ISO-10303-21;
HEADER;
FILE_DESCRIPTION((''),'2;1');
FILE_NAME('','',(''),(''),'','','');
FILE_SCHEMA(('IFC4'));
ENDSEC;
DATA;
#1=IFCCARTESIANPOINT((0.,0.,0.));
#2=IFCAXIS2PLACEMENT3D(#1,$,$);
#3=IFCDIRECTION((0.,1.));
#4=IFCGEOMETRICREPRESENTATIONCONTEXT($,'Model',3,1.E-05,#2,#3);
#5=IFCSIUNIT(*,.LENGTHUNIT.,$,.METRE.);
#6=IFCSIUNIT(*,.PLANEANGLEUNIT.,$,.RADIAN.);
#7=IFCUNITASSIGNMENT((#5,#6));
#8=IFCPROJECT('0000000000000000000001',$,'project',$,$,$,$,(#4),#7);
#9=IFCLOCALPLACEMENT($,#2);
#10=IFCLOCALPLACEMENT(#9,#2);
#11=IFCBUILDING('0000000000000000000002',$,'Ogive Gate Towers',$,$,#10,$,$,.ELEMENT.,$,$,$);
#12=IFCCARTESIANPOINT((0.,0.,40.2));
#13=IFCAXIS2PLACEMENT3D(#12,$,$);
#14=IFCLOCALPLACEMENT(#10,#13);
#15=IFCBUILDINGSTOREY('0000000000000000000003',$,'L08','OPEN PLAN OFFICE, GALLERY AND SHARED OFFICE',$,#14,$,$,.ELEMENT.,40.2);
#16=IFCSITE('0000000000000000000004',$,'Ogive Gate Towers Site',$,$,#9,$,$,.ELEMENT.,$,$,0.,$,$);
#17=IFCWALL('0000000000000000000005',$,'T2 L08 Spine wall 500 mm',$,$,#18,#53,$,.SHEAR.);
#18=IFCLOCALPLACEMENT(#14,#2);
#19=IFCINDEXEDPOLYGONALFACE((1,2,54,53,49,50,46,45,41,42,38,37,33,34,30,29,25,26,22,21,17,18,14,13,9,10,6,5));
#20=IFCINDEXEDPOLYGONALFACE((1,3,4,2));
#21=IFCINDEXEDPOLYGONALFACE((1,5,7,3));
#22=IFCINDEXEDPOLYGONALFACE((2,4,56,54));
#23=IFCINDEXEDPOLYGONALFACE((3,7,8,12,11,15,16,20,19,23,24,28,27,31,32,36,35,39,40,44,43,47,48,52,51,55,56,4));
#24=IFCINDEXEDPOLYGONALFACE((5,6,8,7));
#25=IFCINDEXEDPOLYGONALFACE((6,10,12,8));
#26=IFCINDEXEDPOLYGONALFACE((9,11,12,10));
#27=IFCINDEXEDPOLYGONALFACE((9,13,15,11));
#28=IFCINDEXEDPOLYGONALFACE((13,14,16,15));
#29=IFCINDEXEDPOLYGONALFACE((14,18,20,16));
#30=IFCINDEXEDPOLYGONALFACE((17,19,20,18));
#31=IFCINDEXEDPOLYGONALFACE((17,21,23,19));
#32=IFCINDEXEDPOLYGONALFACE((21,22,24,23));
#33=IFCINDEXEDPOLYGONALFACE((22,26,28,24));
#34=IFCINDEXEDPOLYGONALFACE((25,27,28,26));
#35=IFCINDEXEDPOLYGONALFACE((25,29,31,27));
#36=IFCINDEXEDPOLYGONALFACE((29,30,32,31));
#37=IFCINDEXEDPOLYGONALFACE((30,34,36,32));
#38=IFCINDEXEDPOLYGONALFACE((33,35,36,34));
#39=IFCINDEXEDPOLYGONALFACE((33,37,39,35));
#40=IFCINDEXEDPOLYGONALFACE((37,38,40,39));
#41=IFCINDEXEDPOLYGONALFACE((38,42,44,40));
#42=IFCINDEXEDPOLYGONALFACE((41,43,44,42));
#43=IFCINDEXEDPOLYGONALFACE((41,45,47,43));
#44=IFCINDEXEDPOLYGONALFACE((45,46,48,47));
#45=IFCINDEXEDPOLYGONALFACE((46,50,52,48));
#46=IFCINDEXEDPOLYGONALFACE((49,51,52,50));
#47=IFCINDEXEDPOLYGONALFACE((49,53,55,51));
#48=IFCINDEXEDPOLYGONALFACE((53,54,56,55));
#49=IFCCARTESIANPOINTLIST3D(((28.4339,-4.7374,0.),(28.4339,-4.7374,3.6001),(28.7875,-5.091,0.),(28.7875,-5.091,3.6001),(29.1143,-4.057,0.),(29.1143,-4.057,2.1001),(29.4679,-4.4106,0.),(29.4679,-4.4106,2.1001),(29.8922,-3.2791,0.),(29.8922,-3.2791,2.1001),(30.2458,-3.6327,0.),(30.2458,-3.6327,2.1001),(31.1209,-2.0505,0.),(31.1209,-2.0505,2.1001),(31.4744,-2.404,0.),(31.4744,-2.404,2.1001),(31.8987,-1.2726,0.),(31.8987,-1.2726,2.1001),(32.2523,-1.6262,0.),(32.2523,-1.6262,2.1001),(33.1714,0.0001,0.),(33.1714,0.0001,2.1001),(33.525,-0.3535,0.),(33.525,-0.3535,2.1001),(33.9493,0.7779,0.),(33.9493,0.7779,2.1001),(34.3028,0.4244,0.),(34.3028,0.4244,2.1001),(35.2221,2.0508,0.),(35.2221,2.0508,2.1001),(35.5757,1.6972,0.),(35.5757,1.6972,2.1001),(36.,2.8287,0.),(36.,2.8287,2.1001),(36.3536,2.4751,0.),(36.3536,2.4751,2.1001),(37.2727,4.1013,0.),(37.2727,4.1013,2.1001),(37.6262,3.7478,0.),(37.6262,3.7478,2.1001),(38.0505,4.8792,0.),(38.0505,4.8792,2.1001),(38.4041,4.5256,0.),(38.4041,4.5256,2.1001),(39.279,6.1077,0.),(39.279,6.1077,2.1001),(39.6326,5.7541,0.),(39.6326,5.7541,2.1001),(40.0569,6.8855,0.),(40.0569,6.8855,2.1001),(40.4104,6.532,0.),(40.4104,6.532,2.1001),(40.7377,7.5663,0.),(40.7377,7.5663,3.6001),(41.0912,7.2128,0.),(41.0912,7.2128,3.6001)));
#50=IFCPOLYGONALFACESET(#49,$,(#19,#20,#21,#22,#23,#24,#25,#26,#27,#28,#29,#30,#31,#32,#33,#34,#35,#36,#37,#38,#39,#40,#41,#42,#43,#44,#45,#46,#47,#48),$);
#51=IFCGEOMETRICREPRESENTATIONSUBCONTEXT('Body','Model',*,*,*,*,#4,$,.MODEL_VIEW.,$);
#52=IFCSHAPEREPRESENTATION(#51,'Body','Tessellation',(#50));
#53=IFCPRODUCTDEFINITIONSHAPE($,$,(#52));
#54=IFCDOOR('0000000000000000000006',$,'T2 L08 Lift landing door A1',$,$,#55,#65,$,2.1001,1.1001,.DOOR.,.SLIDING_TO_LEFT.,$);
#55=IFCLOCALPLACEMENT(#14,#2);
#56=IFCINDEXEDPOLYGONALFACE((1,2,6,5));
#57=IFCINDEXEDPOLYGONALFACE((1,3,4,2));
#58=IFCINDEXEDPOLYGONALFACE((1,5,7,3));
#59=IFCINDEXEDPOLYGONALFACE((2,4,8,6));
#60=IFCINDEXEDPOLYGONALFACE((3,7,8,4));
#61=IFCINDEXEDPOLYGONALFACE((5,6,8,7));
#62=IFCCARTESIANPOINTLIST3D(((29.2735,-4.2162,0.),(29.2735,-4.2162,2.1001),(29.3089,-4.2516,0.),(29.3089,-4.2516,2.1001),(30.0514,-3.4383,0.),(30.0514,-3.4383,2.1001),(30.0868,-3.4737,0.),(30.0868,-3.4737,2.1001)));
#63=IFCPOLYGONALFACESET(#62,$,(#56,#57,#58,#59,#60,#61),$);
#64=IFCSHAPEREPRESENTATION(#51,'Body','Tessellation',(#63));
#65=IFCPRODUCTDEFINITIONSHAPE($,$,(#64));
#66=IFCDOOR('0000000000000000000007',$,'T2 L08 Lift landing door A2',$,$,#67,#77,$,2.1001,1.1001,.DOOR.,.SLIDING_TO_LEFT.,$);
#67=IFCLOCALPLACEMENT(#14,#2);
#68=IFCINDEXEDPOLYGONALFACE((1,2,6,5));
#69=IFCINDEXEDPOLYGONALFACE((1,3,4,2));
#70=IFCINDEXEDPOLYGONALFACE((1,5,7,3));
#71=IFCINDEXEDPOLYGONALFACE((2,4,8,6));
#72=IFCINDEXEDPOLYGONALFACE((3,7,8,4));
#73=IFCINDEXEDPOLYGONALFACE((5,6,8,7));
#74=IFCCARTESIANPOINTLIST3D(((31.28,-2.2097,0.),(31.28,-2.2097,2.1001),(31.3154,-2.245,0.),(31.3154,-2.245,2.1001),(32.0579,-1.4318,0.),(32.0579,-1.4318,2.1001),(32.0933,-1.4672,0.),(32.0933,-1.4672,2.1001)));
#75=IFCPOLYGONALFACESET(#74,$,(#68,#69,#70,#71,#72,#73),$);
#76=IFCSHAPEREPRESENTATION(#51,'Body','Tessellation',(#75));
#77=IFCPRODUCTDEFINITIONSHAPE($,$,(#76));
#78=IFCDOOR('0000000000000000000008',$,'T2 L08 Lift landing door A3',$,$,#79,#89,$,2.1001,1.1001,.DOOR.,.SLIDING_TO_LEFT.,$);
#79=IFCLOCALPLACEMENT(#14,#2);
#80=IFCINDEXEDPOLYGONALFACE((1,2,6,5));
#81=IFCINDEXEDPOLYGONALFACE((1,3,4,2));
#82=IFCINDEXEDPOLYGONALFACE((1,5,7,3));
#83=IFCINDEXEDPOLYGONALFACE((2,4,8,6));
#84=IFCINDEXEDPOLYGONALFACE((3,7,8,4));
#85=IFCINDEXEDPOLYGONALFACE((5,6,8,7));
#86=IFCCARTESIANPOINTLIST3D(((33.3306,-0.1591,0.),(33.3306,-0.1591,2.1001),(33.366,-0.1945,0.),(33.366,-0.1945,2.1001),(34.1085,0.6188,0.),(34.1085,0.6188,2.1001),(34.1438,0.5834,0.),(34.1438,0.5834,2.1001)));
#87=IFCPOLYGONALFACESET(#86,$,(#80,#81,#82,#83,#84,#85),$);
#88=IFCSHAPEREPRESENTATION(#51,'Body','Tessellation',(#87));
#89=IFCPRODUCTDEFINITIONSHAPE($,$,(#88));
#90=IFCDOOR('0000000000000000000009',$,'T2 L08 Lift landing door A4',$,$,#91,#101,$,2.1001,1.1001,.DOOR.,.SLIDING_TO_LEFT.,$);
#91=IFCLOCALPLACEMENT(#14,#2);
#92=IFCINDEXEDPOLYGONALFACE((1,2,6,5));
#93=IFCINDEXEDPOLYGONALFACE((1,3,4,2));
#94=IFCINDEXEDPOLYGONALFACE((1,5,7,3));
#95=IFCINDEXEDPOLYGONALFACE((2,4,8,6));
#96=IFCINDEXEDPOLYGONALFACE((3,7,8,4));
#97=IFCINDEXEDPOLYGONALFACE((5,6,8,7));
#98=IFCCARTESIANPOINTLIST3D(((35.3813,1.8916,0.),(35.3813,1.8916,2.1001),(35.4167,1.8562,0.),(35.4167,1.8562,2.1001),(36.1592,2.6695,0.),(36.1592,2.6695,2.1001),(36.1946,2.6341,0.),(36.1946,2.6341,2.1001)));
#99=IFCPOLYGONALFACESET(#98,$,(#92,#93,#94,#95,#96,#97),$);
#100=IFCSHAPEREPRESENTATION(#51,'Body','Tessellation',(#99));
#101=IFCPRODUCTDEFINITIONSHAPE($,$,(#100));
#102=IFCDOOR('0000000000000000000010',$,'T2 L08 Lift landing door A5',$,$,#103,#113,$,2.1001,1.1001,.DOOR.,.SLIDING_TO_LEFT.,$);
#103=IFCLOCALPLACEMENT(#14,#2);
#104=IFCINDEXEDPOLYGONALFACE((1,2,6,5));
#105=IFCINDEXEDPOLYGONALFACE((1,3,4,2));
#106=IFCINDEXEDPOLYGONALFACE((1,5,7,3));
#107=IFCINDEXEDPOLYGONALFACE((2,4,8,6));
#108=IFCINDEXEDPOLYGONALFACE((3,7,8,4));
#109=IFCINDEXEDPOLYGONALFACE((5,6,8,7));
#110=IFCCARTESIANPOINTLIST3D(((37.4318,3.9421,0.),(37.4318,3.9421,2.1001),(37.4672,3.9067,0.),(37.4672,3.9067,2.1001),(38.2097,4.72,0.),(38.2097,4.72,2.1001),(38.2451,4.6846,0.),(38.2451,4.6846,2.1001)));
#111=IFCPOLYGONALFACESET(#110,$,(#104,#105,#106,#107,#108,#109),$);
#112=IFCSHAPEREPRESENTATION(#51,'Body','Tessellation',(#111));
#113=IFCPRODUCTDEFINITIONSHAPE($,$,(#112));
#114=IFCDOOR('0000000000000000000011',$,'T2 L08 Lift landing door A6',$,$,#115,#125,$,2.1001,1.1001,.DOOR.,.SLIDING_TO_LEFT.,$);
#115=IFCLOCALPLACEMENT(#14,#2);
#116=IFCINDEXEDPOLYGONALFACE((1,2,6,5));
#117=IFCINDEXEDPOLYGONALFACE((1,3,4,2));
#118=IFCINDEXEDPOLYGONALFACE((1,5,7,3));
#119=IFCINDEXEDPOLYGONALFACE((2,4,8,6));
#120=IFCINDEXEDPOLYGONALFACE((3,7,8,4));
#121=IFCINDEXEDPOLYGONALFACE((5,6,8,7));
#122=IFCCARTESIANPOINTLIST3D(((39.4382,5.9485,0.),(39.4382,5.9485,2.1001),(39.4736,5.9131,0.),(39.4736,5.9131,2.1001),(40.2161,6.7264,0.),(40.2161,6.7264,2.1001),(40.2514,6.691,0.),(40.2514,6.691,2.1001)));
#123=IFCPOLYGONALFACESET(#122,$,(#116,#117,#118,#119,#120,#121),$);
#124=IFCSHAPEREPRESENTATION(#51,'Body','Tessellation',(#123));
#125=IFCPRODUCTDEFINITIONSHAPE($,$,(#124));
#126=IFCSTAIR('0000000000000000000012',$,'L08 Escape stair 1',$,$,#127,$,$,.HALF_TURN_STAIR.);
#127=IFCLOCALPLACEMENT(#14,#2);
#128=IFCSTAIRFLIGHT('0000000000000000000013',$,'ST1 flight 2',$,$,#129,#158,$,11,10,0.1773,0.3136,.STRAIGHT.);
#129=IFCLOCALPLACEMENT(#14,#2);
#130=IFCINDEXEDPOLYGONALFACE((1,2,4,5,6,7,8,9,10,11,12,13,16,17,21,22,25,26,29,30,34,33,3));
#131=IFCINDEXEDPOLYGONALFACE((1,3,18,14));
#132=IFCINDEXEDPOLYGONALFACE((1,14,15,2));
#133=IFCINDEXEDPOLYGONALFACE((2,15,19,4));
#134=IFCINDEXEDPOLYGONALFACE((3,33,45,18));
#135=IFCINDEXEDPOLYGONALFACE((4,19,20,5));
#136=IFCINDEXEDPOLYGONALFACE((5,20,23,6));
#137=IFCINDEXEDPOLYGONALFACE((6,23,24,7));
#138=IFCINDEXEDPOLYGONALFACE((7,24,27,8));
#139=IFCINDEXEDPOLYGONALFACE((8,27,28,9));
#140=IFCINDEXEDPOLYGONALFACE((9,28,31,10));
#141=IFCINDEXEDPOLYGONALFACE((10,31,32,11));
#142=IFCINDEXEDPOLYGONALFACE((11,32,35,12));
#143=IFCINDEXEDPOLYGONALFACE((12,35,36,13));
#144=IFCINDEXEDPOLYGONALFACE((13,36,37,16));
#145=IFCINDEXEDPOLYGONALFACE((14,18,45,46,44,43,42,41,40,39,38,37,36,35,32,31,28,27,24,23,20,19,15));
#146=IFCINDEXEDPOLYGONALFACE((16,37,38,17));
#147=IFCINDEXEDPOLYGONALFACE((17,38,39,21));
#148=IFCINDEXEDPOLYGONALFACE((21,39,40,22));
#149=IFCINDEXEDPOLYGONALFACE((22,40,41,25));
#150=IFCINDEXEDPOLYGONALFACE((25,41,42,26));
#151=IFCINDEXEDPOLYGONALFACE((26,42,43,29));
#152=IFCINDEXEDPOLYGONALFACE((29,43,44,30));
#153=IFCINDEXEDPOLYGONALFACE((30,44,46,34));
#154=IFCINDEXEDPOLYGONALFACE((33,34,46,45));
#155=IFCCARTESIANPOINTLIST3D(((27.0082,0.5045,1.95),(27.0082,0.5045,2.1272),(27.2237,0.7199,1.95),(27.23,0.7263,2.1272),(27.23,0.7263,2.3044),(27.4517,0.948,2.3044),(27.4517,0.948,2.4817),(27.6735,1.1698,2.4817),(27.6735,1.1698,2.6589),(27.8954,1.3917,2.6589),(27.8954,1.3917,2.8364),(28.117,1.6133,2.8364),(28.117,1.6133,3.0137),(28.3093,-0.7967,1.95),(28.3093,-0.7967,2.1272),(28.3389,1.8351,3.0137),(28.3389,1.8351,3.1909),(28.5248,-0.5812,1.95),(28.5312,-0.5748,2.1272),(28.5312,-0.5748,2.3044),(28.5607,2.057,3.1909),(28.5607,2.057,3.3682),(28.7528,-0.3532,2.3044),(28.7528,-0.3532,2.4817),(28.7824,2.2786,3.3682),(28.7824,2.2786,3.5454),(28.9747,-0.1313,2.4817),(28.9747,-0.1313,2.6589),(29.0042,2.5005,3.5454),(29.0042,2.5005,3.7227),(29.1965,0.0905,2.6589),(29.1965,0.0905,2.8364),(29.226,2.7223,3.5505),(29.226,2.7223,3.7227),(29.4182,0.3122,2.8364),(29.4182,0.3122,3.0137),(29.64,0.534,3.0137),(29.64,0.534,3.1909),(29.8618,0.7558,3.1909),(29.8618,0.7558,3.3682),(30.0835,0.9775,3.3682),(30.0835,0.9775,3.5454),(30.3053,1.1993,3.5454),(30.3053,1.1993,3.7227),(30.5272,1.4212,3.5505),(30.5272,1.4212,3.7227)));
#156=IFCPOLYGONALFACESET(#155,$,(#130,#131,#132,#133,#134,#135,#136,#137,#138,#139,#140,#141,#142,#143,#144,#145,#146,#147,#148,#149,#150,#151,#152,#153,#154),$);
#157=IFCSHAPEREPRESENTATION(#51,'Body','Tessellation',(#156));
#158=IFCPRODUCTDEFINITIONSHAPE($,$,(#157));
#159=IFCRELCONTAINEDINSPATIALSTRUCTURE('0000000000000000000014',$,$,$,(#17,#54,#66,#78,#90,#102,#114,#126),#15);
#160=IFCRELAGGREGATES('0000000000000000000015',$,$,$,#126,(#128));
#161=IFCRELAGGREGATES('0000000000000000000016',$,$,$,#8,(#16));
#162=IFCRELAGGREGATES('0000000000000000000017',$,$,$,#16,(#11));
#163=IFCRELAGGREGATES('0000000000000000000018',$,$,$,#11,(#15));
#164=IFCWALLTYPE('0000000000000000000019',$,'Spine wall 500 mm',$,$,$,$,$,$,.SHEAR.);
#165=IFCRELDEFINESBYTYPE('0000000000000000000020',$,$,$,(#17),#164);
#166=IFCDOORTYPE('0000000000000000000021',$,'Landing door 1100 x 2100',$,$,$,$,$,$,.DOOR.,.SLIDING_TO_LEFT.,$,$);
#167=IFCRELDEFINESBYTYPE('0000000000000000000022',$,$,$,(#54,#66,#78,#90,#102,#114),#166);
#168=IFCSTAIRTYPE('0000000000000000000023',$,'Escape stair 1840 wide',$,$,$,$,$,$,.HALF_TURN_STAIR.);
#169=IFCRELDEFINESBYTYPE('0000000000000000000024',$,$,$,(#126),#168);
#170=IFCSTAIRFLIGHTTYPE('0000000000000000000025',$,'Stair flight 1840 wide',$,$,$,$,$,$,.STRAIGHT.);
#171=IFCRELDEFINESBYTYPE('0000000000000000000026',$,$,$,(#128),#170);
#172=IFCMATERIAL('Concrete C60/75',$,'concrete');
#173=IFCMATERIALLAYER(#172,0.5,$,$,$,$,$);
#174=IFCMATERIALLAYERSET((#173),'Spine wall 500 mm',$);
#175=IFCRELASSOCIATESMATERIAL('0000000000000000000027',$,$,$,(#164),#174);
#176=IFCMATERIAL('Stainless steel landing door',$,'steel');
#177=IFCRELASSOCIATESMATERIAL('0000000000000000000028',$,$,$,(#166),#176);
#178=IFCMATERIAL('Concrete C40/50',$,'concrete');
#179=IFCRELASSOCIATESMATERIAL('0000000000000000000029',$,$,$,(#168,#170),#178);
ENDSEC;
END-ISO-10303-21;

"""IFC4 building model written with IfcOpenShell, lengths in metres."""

from ifc_helpers import new_model, si_unit, direction, frame, frame_2d, origin, place, context, subcontext, project, spatial, polyline, rectangle, outline, extrude, material, layer, layer_set, type_object, element, fill, aggregate, save


model = new_model("IFC4")

# Units and contexts
model_context = context("Model", 3, precision=1e-05, world=origin(), true_north=direction((0.0, 1.0)))
body_context = subcontext(model_context, "Body", "Model", "MODEL_VIEW")
ifc_project = project(units=[si_unit("LENGTHUNIT", "METRE"), si_unit("PLANEANGLEUNIT", "RADIAN")], contexts=[model_context])

# Site, building, storey
site_placement = place(None, origin())
site = spatial("IfcSite", under=ifc_project, at=site_placement, Name="Ogive Gate Towers Site", CompositionType="ELEMENT", RefElevation=0.0)
building_placement = place(site_placement, origin())
building = spatial("IfcBuilding", under=site, at=building_placement, Name="Ogive Gate Towers", CompositionType="ELEMENT")
storey_placement = place(building_placement, frame((0.0, 0.0, 40.2)))
storey = spatial("IfcBuildingStorey", under=building, at=storey_placement, Name="L08", Description="OPEN PLAN OFFICE, GALLERY AND SHARED OFFICE", CompositionType="ELEMENT", Elevation=40.2)

# Shared definitions
ifc_material_1 = material(Name="Concrete C60/75", Category="concrete")

# Wall, openings, doors
ifc_layer_1 = layer(ifc_material_1, 0.5)
ifc_layer_set_1 = layer_set([ifc_layer_1], Name="Spine wall 500 mm")
wall_type_1 = type_object("IfcWallType", Name="Spine wall 500 mm", PredefinedType="SHEAR", material=ifc_layer_set_1)
ifc_material_2 = material(Name="Stainless steel landing door", Category="steel")
wall_1_placement = place(storey_placement, frame((28.6106, -4.9143, 0.0), z_axis=(0.0, 0.0, 1.0), x_axis=(0.707107, 0.707107, 0.0)))
wall_1 = element("IfcWall", 1, at=wall_1_placement, inside=storey, type_object=wall_type_1, Name="T2 L08 Spine wall 500 mm", PredefinedType="SHEAR", context=body_context, shape_type="SweptSolid", body=[
    extrude(rectangle(XDim=17.4001, YDim=0.5, at=frame_2d((8.7002, 0.0))), origin(), (0.0, 0.0, 1.0), 3.6001),
])
opening_1_placement = place(wall_1_placement, frame((0.9624, 0.0, 0.0)))
opening_1 = element("IfcOpeningElement", 2, at=opening_1_placement, cuts=wall_1, PredefinedType="OPENING", context=body_context, shape_type="SweptSolid", body=[
    extrude(rectangle(XDim=1.1001, YDim=2.1001, at=frame_2d((0.55, 1.05))), frame((0.0, 0.26, 0.0), z_axis=(0.0, -1.0, 0.0), x_axis=(1.0, 0.0, 0.0)), (0.0, 0.0, 1.0), 0.52),
])
opening_2_placement = place(wall_1_placement, frame((3.8, 0.0, 0.0)))
opening_2 = element("IfcOpeningElement", 3, at=opening_2_placement, cuts=wall_1, PredefinedType="OPENING", context=body_context, shape_type="SweptSolid", body=[
    extrude(rectangle(XDim=1.1001, YDim=2.1001, at=frame_2d((0.55, 1.05))), frame((0.0, 0.26, 0.0), z_axis=(0.0, -1.0, 0.0), x_axis=(1.0, 0.0, 0.0)), (0.0, 0.0, 1.0), 0.52),
])
opening_3_placement = place(wall_1_placement, frame((6.7, 0.0, 0.0)))
opening_3 = element("IfcOpeningElement", 4, at=opening_3_placement, cuts=wall_1, PredefinedType="OPENING", context=body_context, shape_type="SweptSolid", body=[
    extrude(rectangle(XDim=1.1001, YDim=2.1001, at=frame_2d((0.55, 1.05))), frame((0.0, 0.26, 0.0), z_axis=(0.0, -1.0, 0.0), x_axis=(1.0, 0.0, 0.0)), (0.0, 0.0, 1.0), 0.52),
])
opening_4_placement = place(wall_1_placement, frame((9.6001, 0.0, 0.0)))
opening_4 = element("IfcOpeningElement", 5, at=opening_4_placement, cuts=wall_1, PredefinedType="OPENING", context=body_context, shape_type="SweptSolid", body=[
    extrude(rectangle(XDim=1.1001, YDim=2.1001, at=frame_2d((0.55, 1.05))), frame((0.0, 0.26, 0.0), z_axis=(0.0, -1.0, 0.0), x_axis=(1.0, 0.0, 0.0)), (0.0, 0.0, 1.0), 0.52),
])
opening_5_placement = place(wall_1_placement, frame((12.5, 0.0, 0.0)))
opening_5 = element("IfcOpeningElement", 6, at=opening_5_placement, cuts=wall_1, PredefinedType="OPENING", context=body_context, shape_type="SweptSolid", body=[
    extrude(rectangle(XDim=1.1001, YDim=2.1001, at=frame_2d((0.55, 1.05))), frame((0.0, 0.26, 0.0), z_axis=(0.0, -1.0, 0.0), x_axis=(1.0, 0.0, 0.0)), (0.0, 0.0, 1.0), 0.52),
])
opening_6_placement = place(wall_1_placement, frame((15.3374, 0.0, 0.0)))
opening_6 = element("IfcOpeningElement", 7, at=opening_6_placement, cuts=wall_1, PredefinedType="OPENING", context=body_context, shape_type="SweptSolid", body=[
    extrude(rectangle(XDim=1.1001, YDim=2.1001, at=frame_2d((0.55, 1.05))), frame((0.0, 0.26, 0.0), z_axis=(0.0, -1.0, 0.0), x_axis=(1.0, 0.0, 0.0)), (0.0, 0.0, 1.0), 0.52),
])
door_type_1 = type_object("IfcDoorType", Name="Landing door 1100 x 2100", OperationType="SLIDING_TO_LEFT", PredefinedType="DOOR", material=ifc_material_2)
door_1_placement = place(opening_1_placement, origin())
door_1 = element("IfcDoor", 8, at=door_1_placement, inside=storey, type_object=door_type_1, Name="T2 L08 Lift landing door A1", OperationType="SLIDING_TO_LEFT", OverallHeight=2.1001, OverallWidth=1.1001, PredefinedType="DOOR", context=body_context, shape_type="SweptSolid", body=[
    extrude(rectangle(XDim=1.1001, YDim=2.1001, at=frame_2d((0.55, 1.05))), frame((0.0, 0.0249, 0.0), z_axis=(0.0, -1.0, 0.0), x_axis=(1.0, 0.0, 0.0)), (0.0, 0.0, 1.0), 0.05),
])
fill(opening_1, door_1)
door_2_placement = place(opening_2_placement, origin())
door_2 = element("IfcDoor", 9, at=door_2_placement, inside=storey, type_object=door_type_1, Name="T2 L08 Lift landing door A2", OperationType="SLIDING_TO_LEFT", OverallHeight=2.1001, OverallWidth=1.1001, PredefinedType="DOOR", context=body_context, shape_type="SweptSolid", body=[
    extrude(rectangle(XDim=1.1001, YDim=2.1001, at=frame_2d((0.55, 1.05))), frame((0.0, 0.0249, 0.0), z_axis=(0.0, -1.0, 0.0), x_axis=(1.0, 0.0, 0.0)), (0.0, 0.0, 1.0), 0.05),
])
fill(opening_2, door_2)
door_3_placement = place(opening_3_placement, origin())
door_3 = element("IfcDoor", 10, at=door_3_placement, inside=storey, type_object=door_type_1, Name="T2 L08 Lift landing door A3", OperationType="SLIDING_TO_LEFT", OverallHeight=2.1001, OverallWidth=1.1001, PredefinedType="DOOR", context=body_context, shape_type="SweptSolid", body=[
    extrude(rectangle(XDim=1.1001, YDim=2.1001, at=frame_2d((0.55, 1.05))), frame((0.0, 0.0249, 0.0), z_axis=(0.0, -1.0, 0.0), x_axis=(1.0, 0.0, 0.0)), (0.0, 0.0, 1.0), 0.05),
])
fill(opening_3, door_3)
door_4_placement = place(opening_4_placement, origin())
door_4 = element("IfcDoor", 11, at=door_4_placement, inside=storey, type_object=door_type_1, Name="T2 L08 Lift landing door A4", OperationType="SLIDING_TO_LEFT", OverallHeight=2.1001, OverallWidth=1.1001, PredefinedType="DOOR", context=body_context, shape_type="SweptSolid", body=[
    extrude(rectangle(XDim=1.1001, YDim=2.1001, at=frame_2d((0.55, 1.05))), frame((0.0, 0.0249, 0.0), z_axis=(0.0, -1.0, 0.0), x_axis=(1.0, 0.0, 0.0)), (0.0, 0.0, 1.0), 0.05),
])
fill(opening_4, door_4)
door_5_placement = place(opening_5_placement, origin())
door_5 = element("IfcDoor", 12, at=door_5_placement, inside=storey, type_object=door_type_1, Name="T2 L08 Lift landing door A5", OperationType="SLIDING_TO_LEFT", OverallHeight=2.1001, OverallWidth=1.1001, PredefinedType="DOOR", context=body_context, shape_type="SweptSolid", body=[
    extrude(rectangle(XDim=1.1001, YDim=2.1001, at=frame_2d((0.55, 1.05))), frame((0.0, 0.0249, 0.0), z_axis=(0.0, -1.0, 0.0), x_axis=(1.0, 0.0, 0.0)), (0.0, 0.0, 1.0), 0.05),
])
fill(opening_5, door_5)
door_6_placement = place(opening_6_placement, origin())
door_6 = element("IfcDoor", 13, at=door_6_placement, inside=storey, type_object=door_type_1, Name="T2 L08 Lift landing door A6", OperationType="SLIDING_TO_LEFT", OverallHeight=2.1001, OverallWidth=1.1001, PredefinedType="DOOR", context=body_context, shape_type="SweptSolid", body=[
    extrude(rectangle(XDim=1.1001, YDim=2.1001, at=frame_2d((0.55, 1.05))), frame((0.0, 0.0249, 0.0), z_axis=(0.0, -1.0, 0.0), x_axis=(1.0, 0.0, 0.0)), (0.0, 0.0, 1.0), 0.05),
])
fill(opening_6, door_6)

# Stair, stair flight
ifc_material_3 = material(Name="Concrete C40/50", Category="concrete")
stair_type = type_object("IfcStairType", Name="Escape stair 1840 wide", PredefinedType="HALF_TURN_STAIR", material=ifc_material_3)
stair_placement = place(storey_placement, origin())
stair = element("IfcStair", 14, at=stair_placement, inside=storey, type_object=stair_type, Name="L08 Escape stair 1", PredefinedType="HALF_TURN_STAIR")
stair_flight_type = type_object("IfcStairFlightType", Name="Stair flight 1840 wide", PredefinedType="STRAIGHT", material=ifc_material_3)
stair_flight_placement = place(storey_placement, frame((27.6587, -0.146, 1.95), z_axis=(0.0, 0.0, 1.0), x_axis=(0.707107, 0.707107, 0.0)))
stair_flight = element("IfcStairFlight", 15, at=stair_flight_placement, type_object=stair_flight_type, Name="ST1 flight 2", NumberOfRisers=11, NumberOfTreads=10, PredefinedType="STRAIGHT", RiserHeight=0.1773, TreadLength=0.3136, context=body_context, shape_type="SweptSolid", body=[
    extrude(outline(polyline([(0.0, 0.0), (0.0, 0.1772), (0.3137, 0.1772), (0.3137, 0.3545), (0.6272, 0.3545), (0.6272, 0.5317), (0.9409, 0.5317), (0.9409, 0.709), (1.2546, 0.709), (1.2546, 0.8865), (1.5681, 0.8865), (1.5681, 1.0637), (1.8818, 1.0637), (1.8818, 1.241), (2.1956, 1.241), (2.1956, 1.4182), (2.509, 1.4182), (2.509, 1.5955), (2.8228, 1.5955), (2.8228, 1.7727), (3.1365, 1.7727), (3.1365, 1.95), (3.1365, 1.6006), (0.3047, 0.0), (0.0, 0.0)])), frame((0.0, 0.9199, 0.0), z_axis=(0.0, -1.0, 0.0), x_axis=(1.0, 0.0, 0.0)), (0.0, 0.0, 1.0), 1.8401),
])
aggregate(stair, [stair_flight])

save(model, "model.ifc")
